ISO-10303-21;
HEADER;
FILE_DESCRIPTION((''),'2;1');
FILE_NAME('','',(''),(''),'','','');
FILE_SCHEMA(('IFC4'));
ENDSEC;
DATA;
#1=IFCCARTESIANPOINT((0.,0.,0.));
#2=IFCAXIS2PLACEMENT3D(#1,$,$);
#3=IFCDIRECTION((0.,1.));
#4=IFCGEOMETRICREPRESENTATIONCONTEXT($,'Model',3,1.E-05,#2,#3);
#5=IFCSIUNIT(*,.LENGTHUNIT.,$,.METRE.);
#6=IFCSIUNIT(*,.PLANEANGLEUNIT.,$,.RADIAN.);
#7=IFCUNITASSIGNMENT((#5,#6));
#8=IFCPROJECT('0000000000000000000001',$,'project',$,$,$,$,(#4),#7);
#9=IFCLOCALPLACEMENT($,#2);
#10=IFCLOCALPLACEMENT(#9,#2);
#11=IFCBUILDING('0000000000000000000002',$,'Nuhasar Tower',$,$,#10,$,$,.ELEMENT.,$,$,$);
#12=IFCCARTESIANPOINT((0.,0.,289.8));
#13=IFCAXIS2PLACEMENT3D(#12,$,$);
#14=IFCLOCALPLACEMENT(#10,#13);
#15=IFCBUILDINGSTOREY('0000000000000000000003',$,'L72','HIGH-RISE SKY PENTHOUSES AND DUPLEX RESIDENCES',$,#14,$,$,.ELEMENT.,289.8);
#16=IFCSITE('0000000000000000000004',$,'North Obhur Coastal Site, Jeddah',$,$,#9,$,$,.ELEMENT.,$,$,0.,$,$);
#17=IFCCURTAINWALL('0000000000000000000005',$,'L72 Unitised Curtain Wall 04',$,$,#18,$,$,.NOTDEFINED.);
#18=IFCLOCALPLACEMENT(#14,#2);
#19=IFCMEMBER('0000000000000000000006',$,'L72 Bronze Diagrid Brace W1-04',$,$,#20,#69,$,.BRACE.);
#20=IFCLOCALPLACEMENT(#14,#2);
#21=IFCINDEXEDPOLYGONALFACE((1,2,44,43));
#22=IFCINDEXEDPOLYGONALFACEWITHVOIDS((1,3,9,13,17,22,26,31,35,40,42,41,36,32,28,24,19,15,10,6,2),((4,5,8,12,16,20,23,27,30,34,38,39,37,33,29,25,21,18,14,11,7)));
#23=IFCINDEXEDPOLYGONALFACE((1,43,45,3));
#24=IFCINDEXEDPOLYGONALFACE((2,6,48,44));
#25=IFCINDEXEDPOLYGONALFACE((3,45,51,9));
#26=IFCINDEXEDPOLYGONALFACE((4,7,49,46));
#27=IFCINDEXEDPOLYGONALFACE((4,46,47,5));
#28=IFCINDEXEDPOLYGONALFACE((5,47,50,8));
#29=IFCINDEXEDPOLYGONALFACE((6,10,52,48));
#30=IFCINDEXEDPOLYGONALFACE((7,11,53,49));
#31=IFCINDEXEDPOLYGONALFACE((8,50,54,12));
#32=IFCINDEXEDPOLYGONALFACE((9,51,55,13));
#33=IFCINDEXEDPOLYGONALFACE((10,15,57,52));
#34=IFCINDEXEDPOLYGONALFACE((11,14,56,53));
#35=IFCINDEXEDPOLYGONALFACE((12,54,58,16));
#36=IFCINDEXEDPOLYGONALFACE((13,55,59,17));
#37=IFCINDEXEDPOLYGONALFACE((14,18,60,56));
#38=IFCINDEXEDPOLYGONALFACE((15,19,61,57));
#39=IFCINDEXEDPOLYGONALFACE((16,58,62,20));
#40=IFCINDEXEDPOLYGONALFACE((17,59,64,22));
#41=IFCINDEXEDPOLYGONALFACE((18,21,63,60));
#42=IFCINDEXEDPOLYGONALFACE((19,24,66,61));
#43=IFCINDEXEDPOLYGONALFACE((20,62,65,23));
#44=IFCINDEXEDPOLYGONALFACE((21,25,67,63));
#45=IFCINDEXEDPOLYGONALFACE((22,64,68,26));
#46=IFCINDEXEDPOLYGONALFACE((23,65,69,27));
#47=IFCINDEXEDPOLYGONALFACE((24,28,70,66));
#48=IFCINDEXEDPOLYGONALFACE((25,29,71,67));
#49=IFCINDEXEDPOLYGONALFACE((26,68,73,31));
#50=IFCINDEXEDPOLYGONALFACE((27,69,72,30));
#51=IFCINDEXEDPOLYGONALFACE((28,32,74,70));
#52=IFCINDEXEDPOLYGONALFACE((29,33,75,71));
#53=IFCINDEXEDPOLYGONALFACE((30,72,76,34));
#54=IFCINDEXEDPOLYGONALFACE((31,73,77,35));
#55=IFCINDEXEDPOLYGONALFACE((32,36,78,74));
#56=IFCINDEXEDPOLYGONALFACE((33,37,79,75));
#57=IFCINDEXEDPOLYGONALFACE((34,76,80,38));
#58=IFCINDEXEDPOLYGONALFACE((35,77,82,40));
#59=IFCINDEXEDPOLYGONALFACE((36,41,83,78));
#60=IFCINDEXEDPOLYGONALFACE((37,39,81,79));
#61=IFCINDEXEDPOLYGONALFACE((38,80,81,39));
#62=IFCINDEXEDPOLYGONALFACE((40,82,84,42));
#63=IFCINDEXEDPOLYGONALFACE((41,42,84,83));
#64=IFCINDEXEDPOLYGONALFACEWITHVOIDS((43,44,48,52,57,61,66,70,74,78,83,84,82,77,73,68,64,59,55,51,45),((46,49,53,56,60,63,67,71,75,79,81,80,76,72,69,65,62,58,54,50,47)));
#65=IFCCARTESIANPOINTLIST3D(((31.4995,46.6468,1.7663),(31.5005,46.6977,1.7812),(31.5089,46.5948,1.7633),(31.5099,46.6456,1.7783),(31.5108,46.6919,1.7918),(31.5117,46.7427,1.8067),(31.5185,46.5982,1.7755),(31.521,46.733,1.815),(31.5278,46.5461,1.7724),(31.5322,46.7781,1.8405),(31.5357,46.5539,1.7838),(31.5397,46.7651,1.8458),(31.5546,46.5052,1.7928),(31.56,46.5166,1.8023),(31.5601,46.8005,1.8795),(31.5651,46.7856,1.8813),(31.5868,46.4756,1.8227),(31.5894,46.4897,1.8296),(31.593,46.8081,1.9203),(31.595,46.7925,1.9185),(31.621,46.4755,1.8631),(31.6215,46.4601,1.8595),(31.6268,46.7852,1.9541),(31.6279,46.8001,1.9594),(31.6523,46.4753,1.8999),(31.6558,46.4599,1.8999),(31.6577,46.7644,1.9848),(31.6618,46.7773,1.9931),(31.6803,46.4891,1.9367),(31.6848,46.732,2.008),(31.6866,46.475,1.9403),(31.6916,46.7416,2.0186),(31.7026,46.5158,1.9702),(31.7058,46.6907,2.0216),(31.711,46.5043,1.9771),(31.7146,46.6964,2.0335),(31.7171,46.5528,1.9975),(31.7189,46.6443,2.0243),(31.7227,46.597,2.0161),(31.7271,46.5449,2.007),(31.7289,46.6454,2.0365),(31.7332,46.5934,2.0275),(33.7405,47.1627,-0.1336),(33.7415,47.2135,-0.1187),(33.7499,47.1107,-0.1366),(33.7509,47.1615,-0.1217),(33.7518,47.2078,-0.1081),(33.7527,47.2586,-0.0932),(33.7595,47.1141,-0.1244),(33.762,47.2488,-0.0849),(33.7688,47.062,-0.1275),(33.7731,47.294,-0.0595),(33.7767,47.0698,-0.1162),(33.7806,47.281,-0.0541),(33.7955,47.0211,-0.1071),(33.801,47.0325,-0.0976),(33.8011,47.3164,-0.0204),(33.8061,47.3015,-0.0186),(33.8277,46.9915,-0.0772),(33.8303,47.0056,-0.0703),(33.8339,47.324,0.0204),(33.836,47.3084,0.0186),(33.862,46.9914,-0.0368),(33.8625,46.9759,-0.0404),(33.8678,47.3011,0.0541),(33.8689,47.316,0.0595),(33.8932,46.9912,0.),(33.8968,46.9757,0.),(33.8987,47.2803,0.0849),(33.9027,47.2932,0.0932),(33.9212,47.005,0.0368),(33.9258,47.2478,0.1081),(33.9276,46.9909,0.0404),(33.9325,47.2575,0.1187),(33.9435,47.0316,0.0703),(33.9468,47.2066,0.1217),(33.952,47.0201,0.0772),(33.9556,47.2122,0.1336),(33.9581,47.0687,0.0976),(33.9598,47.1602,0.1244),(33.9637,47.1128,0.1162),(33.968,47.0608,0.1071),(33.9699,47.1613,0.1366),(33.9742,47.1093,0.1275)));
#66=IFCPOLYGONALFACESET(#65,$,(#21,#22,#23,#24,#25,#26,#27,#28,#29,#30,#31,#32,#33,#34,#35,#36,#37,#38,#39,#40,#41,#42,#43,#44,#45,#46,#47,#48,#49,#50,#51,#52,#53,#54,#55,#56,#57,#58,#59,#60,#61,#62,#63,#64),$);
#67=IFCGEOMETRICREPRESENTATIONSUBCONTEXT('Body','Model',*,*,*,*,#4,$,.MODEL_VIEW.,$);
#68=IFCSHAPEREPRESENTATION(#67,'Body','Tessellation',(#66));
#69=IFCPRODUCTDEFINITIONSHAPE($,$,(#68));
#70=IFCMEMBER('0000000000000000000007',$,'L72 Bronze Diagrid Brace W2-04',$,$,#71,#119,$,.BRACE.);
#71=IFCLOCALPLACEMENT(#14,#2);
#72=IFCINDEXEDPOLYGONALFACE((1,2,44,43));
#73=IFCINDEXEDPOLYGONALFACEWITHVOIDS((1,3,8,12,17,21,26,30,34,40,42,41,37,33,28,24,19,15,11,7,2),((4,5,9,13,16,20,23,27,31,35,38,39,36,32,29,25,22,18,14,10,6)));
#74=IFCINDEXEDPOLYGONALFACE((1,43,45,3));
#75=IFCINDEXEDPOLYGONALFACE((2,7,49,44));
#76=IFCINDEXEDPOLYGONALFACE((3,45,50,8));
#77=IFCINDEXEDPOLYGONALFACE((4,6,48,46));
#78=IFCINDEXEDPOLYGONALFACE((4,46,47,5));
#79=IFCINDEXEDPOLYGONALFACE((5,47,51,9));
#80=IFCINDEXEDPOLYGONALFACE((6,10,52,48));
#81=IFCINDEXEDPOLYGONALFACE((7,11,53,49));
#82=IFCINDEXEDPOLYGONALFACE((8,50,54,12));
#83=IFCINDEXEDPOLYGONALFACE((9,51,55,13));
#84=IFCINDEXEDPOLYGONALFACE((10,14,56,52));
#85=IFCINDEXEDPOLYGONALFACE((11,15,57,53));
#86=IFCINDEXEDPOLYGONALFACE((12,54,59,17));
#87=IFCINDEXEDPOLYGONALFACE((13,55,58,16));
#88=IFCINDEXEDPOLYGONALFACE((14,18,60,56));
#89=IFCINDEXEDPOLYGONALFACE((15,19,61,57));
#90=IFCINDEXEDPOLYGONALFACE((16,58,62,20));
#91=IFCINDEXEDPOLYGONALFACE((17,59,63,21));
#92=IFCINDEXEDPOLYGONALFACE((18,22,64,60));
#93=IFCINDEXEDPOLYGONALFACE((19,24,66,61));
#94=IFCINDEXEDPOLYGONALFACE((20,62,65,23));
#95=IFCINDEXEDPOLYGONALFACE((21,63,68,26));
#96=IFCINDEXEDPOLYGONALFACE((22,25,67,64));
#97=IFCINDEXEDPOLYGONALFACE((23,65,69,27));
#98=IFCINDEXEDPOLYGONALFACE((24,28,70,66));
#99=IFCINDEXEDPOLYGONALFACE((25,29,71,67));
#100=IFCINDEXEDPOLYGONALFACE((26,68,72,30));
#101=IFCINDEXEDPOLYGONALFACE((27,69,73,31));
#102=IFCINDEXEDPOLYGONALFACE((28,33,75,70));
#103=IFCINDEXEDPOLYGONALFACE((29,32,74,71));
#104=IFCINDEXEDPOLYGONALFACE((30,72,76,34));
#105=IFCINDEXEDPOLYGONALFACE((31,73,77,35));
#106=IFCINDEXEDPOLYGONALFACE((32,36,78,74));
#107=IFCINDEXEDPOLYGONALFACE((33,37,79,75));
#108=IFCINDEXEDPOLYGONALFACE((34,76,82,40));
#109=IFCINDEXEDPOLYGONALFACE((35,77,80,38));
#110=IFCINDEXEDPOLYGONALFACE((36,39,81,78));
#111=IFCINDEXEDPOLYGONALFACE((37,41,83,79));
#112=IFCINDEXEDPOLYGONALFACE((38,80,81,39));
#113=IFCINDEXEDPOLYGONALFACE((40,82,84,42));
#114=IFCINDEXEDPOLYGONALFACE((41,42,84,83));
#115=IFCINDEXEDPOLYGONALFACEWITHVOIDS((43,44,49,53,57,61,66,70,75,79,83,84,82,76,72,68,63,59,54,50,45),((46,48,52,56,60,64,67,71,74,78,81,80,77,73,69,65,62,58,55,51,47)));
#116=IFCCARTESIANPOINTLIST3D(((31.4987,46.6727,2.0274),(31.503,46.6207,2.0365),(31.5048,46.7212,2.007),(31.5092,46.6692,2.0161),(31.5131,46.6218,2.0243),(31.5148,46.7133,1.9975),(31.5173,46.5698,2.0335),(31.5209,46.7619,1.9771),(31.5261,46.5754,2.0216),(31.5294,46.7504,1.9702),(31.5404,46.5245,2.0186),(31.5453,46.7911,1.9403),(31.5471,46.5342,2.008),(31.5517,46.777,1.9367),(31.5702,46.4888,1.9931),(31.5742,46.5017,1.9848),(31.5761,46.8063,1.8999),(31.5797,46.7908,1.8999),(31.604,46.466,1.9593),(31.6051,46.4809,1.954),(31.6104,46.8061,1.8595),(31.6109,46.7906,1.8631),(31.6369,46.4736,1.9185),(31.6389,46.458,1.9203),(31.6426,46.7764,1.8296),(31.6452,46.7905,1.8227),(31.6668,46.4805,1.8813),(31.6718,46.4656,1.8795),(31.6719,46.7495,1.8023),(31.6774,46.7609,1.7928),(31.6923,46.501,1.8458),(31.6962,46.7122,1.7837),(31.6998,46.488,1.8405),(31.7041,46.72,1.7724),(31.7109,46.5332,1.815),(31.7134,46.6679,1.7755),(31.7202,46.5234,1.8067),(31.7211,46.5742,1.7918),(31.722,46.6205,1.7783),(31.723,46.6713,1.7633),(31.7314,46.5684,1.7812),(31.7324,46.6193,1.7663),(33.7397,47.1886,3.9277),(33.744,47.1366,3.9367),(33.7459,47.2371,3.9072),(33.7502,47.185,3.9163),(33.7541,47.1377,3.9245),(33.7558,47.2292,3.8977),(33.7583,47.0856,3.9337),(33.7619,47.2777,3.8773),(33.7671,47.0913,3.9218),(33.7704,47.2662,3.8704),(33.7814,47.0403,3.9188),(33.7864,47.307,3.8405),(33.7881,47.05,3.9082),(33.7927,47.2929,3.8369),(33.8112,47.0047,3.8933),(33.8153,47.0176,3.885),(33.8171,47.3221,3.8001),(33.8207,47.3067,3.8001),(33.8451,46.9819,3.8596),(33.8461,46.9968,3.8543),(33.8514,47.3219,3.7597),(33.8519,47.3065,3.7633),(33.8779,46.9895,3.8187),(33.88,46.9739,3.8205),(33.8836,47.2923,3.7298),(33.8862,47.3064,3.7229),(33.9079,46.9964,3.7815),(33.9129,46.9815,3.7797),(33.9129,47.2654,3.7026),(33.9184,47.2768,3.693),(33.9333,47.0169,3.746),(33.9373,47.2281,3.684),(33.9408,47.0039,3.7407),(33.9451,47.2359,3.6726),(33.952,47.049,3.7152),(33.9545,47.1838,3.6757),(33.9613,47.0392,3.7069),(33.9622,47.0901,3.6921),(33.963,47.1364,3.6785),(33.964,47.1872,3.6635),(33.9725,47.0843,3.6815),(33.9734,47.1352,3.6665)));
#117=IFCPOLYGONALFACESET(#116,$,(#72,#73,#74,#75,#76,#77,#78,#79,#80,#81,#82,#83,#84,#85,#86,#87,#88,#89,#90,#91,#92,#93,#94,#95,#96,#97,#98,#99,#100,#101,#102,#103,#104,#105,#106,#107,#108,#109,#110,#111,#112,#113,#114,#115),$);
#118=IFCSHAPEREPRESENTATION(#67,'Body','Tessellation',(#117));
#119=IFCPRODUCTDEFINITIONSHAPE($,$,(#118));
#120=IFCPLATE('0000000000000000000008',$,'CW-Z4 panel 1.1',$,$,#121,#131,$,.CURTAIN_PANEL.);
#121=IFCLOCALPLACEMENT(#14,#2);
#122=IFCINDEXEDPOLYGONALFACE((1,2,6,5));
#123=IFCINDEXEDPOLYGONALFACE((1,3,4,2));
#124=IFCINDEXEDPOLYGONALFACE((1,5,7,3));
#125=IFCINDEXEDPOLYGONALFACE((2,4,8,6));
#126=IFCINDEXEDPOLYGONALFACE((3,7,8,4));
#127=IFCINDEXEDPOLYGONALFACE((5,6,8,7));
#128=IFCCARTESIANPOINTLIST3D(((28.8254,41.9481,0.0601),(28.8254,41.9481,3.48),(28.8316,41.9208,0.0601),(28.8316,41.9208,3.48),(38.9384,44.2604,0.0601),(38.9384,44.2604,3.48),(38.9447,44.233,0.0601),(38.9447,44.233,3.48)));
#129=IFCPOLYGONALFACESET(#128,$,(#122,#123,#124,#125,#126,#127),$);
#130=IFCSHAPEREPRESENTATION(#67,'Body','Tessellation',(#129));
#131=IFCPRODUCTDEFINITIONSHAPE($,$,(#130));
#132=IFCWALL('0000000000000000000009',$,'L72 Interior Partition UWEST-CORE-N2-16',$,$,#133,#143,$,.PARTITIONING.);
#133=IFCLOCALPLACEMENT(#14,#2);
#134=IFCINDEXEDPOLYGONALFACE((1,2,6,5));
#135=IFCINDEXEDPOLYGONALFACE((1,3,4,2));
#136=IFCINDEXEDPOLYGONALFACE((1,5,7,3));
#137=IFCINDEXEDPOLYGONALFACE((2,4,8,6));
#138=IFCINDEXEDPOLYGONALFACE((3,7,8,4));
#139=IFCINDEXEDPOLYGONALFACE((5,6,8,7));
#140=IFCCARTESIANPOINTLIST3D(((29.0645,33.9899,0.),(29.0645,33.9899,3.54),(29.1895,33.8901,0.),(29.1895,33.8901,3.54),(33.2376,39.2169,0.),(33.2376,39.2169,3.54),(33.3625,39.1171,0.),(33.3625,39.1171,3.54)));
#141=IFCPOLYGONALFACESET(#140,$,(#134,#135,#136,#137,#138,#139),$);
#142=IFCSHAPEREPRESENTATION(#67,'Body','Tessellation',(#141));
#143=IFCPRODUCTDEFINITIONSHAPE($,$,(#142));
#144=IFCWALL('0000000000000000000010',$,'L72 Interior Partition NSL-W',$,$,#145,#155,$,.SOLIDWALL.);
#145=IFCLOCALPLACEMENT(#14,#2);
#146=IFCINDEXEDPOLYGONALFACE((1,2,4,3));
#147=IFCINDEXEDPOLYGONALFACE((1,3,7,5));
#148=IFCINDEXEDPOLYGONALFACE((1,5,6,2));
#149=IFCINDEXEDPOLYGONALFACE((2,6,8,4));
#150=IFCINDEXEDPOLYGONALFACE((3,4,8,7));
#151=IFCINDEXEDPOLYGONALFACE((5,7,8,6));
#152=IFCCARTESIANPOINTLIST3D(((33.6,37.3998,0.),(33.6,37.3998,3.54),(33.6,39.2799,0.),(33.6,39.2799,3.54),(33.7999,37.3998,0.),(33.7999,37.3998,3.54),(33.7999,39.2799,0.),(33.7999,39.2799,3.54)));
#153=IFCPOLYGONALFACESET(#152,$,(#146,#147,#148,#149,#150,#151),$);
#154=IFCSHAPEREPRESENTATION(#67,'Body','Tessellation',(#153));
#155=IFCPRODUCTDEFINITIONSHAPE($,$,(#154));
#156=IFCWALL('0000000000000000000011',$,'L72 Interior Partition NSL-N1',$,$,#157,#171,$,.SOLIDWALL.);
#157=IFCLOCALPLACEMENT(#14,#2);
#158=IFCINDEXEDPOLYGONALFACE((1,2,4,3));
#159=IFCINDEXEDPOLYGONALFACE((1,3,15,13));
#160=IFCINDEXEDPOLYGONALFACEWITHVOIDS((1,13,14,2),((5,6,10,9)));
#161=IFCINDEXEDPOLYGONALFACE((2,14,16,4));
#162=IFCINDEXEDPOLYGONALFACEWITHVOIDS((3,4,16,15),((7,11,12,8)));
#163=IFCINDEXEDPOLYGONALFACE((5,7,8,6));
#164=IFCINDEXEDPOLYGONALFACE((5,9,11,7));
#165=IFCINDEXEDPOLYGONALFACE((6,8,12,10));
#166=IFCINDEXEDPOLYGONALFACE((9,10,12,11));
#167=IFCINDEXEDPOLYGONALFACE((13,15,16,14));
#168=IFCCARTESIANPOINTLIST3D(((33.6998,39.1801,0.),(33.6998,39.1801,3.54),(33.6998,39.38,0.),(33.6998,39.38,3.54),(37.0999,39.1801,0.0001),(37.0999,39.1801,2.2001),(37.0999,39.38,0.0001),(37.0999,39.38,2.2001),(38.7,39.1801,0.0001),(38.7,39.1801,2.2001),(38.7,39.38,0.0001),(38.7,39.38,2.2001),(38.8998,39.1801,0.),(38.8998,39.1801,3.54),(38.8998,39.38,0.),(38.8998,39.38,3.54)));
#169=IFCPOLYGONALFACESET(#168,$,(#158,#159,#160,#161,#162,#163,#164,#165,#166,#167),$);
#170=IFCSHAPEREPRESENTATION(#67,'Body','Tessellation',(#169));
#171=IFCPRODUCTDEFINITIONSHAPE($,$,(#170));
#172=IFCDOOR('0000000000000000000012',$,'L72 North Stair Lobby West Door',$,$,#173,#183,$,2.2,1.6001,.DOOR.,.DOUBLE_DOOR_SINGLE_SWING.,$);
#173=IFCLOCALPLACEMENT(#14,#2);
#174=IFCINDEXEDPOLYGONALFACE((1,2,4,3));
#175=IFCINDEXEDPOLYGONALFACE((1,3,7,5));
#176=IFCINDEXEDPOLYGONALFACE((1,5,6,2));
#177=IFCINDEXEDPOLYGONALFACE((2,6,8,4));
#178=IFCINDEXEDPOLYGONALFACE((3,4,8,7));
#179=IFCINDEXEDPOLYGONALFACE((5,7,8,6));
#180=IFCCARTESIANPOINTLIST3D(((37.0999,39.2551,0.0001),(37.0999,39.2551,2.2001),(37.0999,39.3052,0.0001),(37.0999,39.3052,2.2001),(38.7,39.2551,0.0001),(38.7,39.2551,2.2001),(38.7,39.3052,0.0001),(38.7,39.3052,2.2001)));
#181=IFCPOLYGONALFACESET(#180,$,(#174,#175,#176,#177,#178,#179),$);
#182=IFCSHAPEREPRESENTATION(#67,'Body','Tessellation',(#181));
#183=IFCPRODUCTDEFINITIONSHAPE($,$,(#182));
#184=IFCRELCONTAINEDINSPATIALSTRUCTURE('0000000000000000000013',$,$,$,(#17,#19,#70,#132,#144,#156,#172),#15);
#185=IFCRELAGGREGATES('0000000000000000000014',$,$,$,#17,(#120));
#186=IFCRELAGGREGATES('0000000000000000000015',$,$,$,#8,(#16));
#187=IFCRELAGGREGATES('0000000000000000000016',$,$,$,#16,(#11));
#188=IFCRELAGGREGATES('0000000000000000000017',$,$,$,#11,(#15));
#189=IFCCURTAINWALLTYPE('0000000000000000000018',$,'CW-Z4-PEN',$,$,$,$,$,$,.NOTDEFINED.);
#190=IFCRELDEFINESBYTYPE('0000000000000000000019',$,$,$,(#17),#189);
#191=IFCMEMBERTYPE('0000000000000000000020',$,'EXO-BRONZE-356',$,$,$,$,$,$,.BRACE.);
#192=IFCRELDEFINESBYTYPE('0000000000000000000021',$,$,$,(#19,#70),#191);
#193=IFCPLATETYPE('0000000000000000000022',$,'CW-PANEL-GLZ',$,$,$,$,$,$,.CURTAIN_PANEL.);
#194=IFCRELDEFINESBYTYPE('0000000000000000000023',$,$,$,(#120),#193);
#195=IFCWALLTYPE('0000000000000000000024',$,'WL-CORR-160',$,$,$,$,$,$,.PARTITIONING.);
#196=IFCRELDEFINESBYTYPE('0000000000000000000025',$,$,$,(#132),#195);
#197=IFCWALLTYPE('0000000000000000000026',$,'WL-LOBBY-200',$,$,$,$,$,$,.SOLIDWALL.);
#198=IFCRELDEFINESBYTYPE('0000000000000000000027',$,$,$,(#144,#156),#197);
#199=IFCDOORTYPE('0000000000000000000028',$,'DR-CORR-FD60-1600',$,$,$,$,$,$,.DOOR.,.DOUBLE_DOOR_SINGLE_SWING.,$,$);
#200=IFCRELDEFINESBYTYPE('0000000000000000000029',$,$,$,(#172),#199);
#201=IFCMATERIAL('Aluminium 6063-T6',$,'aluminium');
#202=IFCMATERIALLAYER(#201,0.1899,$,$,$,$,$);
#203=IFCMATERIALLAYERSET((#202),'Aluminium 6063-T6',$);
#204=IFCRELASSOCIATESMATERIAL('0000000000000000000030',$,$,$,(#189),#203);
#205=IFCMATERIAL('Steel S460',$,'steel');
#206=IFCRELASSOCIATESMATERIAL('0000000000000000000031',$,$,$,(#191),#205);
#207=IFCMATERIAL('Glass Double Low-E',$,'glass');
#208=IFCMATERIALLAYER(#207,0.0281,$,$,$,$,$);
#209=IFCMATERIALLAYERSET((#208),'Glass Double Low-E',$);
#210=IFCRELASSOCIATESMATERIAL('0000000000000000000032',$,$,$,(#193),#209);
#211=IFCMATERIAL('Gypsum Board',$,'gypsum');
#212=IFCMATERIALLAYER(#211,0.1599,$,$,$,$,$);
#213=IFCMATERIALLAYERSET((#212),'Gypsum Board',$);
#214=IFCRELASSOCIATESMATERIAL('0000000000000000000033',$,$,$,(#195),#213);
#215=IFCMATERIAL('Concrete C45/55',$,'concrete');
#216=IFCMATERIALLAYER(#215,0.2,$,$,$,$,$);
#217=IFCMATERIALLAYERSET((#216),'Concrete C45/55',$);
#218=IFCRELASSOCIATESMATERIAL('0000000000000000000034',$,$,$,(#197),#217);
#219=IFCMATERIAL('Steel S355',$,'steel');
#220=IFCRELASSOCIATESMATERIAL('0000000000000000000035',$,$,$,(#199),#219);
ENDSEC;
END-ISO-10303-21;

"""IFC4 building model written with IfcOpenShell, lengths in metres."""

from ifc_helpers import new_model, si_unit, direction, frame, frame_2d, origin, origin_2d, place, context, subcontext, project, spatial, rectangle, hollow_circle, extrude, material, layer, layer_set, material_profile, profile_set, type_object, element, fill, aggregate, save


model = new_model("IFC4")

# Units and contexts
model_context = context("Model", 3, precision=1e-05, world=origin(), true_north=direction((0.0, 1.0)))
body_context = subcontext(model_context, "Body", "Model", "MODEL_VIEW")
ifc_project = project(units=[si_unit("LENGTHUNIT", "METRE"), si_unit("PLANEANGLEUNIT", "RADIAN")], contexts=[model_context])

# Site, building, storey
site_placement = place(None, origin())
site = spatial("IfcSite", under=ifc_project, at=site_placement, Name="North Obhur Coastal Site, Jeddah", CompositionType="ELEMENT", RefElevation=0.0)
building_placement = place(site_placement, origin())
building = spatial("IfcBuilding", under=site, at=building_placement, Name="Nuhasar Tower", CompositionType="ELEMENT")
storey_placement = place(building_placement, frame((0.0, 0.0, 289.8)))
storey = spatial("IfcBuildingStorey", under=building, at=storey_placement, Name="L72", Description="HIGH-RISE SKY PENTHOUSES AND DUPLEX RESIDENCES", CompositionType="ELEMENT", Elevation=289.8)

# Shared definitions
ifc_material_1 = material(Name="Steel S355", Category="steel")

# Curtain wall
ifc_material_2 = material(Name="Aluminium 6063-T6", Category="aluminium")
ifc_layer_1 = layer(ifc_material_2, 0.1899)
ifc_layer_set_1 = layer_set([ifc_layer_1], Name="Aluminium 6063-T6")
curtain_wall_type = type_object("IfcCurtainWallType", Name="CW-Z4-PEN", PredefinedType="NOTDEFINED", material=ifc_layer_set_1)
curtain_wall_placement = place(storey_placement, origin())
curtain_wall = element("IfcCurtainWall", 1, at=curtain_wall_placement, inside=storey, type_object=curtain_wall_type, Name="L72 Unitised Curtain Wall 04", PredefinedType="NOTDEFINED")

# Members
ifc_material_3 = material(Name="Steel S460", Category="steel")
ifc_material_profile_1 = material_profile(ifc_material_3, hollow_circle(Radius=0.1777, WallThickness=0.0159, at=origin_2d()), Name="HSS355.6X15.9")
ifc_profile_set_1 = profile_set([ifc_material_profile_1], Name="Steel S460")
member_type_1 = type_object("IfcMemberType", Name="EXO-BRONZE-356", PredefinedType="BRACE", material=ifc_profile_set_1)
member_1_placement = place(storey_placement, frame((33.8569, 47.1489, 0.0), z_axis=(-0.751272, -0.172942, 0.636932), x_axis=(0.224332, -0.974513, 0.0)))
element("IfcMember", 2, at=member_1_placement, inside=storey, type_object=member_type_1, Name="L72 Bronze Diagrid Brace W1-04", PredefinedType="BRACE", context=body_context, shape_type="SweptSolid", body=[
    extrude(hollow_circle(Radius=0.1777, WallThickness=0.0159, at=origin_2d()), origin(), (0.0, 0.0, 1.0), 2.9829),
])
member_2_placement = place(storey_placement, frame((31.616, 46.6331, 1.8999), z_axis=(0.751232, 0.172933, 0.63698), x_axis=(-0.224332, 0.974513, 0.0)))
element("IfcMember", 3, at=member_2_placement, inside=storey, type_object=member_type_1, Name="L72 Bronze Diagrid Brace W2-04", PredefinedType="BRACE", context=body_context, shape_type="SweptSolid", body=[
    extrude(hollow_circle(Radius=0.1777, WallThickness=0.0159, at=origin_2d()), origin(), (0.0, 0.0, 1.0), 2.9832),
])

# Plate
ifc_material_4 = material(Name="Glass Double Low-E", Category="glass")
ifc_layer_2 = layer(ifc_material_4, 0.0281)
ifc_layer_set_2 = layer_set([ifc_layer_2], Name="Glass Double Low-E")
plate_type = type_object("IfcPlateType", Name="CW-PANEL-GLZ", PredefinedType="CURTAIN_PANEL", material=ifc_layer_set_2)
plate_placement = place(storey_placement, frame((33.885, 43.0906, 0.0601), z_axis=(0.0, 0.0, 1.0), x_axis=(-0.974844, -0.222889, 0.0)))
plate = element("IfcPlate", 4, at=plate_placement, type_object=plate_type, Name="CW-Z4 panel 1.1", PredefinedType="CURTAIN_PANEL", context=body_context, shape_type="SweptSolid", body=[
    extrude(rectangle(XDim=10.374, YDim=0.0281, at=origin_2d()), origin(), (0.0, 0.0, 1.0), 3.4199),
])
aggregate(curtain_wall, [plate])

# Walls
ifc_material_5 = material(Name="Gypsum Board", Category="gypsum")
ifc_layer_3 = layer(ifc_material_5, 0.1599)
ifc_layer_set_3 = layer_set([ifc_layer_3], Name="Gypsum Board")
wall_type_1 = type_object("IfcWallType", Name="WL-CORR-160", PredefinedType="PARTITIONING", material=ifc_layer_set_3)
wall_1_placement = place(storey_placement, frame((33.3, 39.167, 0.0), z_axis=(0.0, 0.0, 1.0), x_axis=(-0.623916, -0.781492, 0.0)))
element("IfcWall", 5, at=wall_1_placement, inside=storey, type_object=wall_type_1, Name="L72 Interior Partition UWEST-CORE-N2-16", PredefinedType="PARTITIONING", context=body_context, shape_type="SweptSolid", body=[
    extrude(rectangle(XDim=6.6885, YDim=0.1599, at=frame_2d((3.3442, 0.0))), origin(), (0.0, 0.0, 1.0), 3.54),
])
ifc_material_6 = material(Name="Concrete C45/55", Category="concrete")
ifc_layer_4 = layer(ifc_material_6, 0.2)
ifc_layer_set_4 = layer_set([ifc_layer_4], Name="Concrete C45/55")
wall_type_2 = type_object("IfcWallType", Name="WL-LOBBY-200", PredefinedType="SOLIDWALL", material=ifc_layer_set_4)
wall_2_placement = place(storey_placement, frame((33.7, 37.3999, 0.0), z_axis=(0.0, 0.0, 1.0), x_axis=(0.0, 1.0, 0.0)))
element("IfcWall", 6, at=wall_2_placement, inside=storey, type_object=wall_type_2, Name="L72 Interior Partition NSL-W", PredefinedType="SOLIDWALL", context=body_context, shape_type="SweptSolid", body=[
    extrude(rectangle(XDim=1.8801, YDim=0.2, at=frame_2d((0.9399, 0.0))), origin(), (0.0, 0.0, 1.0), 3.54),
])

# Wall, opening, door
wall_3_placement = place(storey_placement, frame((38.8999, 39.28, 0.0), z_axis=(0.0, 0.0, 1.0), x_axis=(-1.0, 0.0, 0.0)))
wall_3 = element("IfcWall", 7, at=wall_3_placement, inside=storey, type_object=wall_type_2, Name="L72 Interior Partition NSL-N1", PredefinedType="SOLIDWALL", context=body_context, shape_type="SweptSolid", body=[
    extrude(rectangle(XDim=5.2, YDim=0.2, at=frame_2d((2.6001, 0.0))), origin(), (0.0, 0.0, 1.0), 3.54),
])
opening_1_placement = place(wall_3_placement, frame((0.2, 0.0, 0.0)))
opening_1 = element("IfcOpeningElement", 8, at=opening_1_placement, cuts=wall_3, PredefinedType="OPENING", context=body_context, shape_type="SweptSolid", body=[
    extrude(rectangle(XDim=1.6001, YDim=2.2, at=frame_2d((0.8, 1.1001))), frame((0.0, 0.1099, 0.0), z_axis=(0.0, -1.0, 0.0), x_axis=(1.0, 0.0, 0.0)), (0.0, 0.0, 1.0), 0.22),
])
door_type_1 = type_object("IfcDoorType", Name="DR-CORR-FD60-1600", OperationType="DOUBLE_DOOR_SINGLE_SWING", PredefinedType="DOOR", material=ifc_material_1)
door_1_placement = place(opening_1_placement, origin())
door_1 = element("IfcDoor", 9, at=door_1_placement, inside=storey, type_object=door_type_1, Name="L72 North Stair Lobby West Door", OperationType="DOUBLE_DOOR_SINGLE_SWING", OverallHeight=2.2, OverallWidth=1.6001, PredefinedType="DOOR", context=body_context, shape_type="SweptSolid", body=[
    extrude(rectangle(XDim=1.6001, YDim=2.2, at=frame_2d((0.8, 1.1001))), frame((0.0, 0.0249, 0.0), z_axis=(0.0, -1.0, 0.0), x_axis=(1.0, 0.0, 0.0)), (0.0, 0.0, 1.0), 0.05),
])
fill(opening_1, door_1)

save(model, "model.ifc")
